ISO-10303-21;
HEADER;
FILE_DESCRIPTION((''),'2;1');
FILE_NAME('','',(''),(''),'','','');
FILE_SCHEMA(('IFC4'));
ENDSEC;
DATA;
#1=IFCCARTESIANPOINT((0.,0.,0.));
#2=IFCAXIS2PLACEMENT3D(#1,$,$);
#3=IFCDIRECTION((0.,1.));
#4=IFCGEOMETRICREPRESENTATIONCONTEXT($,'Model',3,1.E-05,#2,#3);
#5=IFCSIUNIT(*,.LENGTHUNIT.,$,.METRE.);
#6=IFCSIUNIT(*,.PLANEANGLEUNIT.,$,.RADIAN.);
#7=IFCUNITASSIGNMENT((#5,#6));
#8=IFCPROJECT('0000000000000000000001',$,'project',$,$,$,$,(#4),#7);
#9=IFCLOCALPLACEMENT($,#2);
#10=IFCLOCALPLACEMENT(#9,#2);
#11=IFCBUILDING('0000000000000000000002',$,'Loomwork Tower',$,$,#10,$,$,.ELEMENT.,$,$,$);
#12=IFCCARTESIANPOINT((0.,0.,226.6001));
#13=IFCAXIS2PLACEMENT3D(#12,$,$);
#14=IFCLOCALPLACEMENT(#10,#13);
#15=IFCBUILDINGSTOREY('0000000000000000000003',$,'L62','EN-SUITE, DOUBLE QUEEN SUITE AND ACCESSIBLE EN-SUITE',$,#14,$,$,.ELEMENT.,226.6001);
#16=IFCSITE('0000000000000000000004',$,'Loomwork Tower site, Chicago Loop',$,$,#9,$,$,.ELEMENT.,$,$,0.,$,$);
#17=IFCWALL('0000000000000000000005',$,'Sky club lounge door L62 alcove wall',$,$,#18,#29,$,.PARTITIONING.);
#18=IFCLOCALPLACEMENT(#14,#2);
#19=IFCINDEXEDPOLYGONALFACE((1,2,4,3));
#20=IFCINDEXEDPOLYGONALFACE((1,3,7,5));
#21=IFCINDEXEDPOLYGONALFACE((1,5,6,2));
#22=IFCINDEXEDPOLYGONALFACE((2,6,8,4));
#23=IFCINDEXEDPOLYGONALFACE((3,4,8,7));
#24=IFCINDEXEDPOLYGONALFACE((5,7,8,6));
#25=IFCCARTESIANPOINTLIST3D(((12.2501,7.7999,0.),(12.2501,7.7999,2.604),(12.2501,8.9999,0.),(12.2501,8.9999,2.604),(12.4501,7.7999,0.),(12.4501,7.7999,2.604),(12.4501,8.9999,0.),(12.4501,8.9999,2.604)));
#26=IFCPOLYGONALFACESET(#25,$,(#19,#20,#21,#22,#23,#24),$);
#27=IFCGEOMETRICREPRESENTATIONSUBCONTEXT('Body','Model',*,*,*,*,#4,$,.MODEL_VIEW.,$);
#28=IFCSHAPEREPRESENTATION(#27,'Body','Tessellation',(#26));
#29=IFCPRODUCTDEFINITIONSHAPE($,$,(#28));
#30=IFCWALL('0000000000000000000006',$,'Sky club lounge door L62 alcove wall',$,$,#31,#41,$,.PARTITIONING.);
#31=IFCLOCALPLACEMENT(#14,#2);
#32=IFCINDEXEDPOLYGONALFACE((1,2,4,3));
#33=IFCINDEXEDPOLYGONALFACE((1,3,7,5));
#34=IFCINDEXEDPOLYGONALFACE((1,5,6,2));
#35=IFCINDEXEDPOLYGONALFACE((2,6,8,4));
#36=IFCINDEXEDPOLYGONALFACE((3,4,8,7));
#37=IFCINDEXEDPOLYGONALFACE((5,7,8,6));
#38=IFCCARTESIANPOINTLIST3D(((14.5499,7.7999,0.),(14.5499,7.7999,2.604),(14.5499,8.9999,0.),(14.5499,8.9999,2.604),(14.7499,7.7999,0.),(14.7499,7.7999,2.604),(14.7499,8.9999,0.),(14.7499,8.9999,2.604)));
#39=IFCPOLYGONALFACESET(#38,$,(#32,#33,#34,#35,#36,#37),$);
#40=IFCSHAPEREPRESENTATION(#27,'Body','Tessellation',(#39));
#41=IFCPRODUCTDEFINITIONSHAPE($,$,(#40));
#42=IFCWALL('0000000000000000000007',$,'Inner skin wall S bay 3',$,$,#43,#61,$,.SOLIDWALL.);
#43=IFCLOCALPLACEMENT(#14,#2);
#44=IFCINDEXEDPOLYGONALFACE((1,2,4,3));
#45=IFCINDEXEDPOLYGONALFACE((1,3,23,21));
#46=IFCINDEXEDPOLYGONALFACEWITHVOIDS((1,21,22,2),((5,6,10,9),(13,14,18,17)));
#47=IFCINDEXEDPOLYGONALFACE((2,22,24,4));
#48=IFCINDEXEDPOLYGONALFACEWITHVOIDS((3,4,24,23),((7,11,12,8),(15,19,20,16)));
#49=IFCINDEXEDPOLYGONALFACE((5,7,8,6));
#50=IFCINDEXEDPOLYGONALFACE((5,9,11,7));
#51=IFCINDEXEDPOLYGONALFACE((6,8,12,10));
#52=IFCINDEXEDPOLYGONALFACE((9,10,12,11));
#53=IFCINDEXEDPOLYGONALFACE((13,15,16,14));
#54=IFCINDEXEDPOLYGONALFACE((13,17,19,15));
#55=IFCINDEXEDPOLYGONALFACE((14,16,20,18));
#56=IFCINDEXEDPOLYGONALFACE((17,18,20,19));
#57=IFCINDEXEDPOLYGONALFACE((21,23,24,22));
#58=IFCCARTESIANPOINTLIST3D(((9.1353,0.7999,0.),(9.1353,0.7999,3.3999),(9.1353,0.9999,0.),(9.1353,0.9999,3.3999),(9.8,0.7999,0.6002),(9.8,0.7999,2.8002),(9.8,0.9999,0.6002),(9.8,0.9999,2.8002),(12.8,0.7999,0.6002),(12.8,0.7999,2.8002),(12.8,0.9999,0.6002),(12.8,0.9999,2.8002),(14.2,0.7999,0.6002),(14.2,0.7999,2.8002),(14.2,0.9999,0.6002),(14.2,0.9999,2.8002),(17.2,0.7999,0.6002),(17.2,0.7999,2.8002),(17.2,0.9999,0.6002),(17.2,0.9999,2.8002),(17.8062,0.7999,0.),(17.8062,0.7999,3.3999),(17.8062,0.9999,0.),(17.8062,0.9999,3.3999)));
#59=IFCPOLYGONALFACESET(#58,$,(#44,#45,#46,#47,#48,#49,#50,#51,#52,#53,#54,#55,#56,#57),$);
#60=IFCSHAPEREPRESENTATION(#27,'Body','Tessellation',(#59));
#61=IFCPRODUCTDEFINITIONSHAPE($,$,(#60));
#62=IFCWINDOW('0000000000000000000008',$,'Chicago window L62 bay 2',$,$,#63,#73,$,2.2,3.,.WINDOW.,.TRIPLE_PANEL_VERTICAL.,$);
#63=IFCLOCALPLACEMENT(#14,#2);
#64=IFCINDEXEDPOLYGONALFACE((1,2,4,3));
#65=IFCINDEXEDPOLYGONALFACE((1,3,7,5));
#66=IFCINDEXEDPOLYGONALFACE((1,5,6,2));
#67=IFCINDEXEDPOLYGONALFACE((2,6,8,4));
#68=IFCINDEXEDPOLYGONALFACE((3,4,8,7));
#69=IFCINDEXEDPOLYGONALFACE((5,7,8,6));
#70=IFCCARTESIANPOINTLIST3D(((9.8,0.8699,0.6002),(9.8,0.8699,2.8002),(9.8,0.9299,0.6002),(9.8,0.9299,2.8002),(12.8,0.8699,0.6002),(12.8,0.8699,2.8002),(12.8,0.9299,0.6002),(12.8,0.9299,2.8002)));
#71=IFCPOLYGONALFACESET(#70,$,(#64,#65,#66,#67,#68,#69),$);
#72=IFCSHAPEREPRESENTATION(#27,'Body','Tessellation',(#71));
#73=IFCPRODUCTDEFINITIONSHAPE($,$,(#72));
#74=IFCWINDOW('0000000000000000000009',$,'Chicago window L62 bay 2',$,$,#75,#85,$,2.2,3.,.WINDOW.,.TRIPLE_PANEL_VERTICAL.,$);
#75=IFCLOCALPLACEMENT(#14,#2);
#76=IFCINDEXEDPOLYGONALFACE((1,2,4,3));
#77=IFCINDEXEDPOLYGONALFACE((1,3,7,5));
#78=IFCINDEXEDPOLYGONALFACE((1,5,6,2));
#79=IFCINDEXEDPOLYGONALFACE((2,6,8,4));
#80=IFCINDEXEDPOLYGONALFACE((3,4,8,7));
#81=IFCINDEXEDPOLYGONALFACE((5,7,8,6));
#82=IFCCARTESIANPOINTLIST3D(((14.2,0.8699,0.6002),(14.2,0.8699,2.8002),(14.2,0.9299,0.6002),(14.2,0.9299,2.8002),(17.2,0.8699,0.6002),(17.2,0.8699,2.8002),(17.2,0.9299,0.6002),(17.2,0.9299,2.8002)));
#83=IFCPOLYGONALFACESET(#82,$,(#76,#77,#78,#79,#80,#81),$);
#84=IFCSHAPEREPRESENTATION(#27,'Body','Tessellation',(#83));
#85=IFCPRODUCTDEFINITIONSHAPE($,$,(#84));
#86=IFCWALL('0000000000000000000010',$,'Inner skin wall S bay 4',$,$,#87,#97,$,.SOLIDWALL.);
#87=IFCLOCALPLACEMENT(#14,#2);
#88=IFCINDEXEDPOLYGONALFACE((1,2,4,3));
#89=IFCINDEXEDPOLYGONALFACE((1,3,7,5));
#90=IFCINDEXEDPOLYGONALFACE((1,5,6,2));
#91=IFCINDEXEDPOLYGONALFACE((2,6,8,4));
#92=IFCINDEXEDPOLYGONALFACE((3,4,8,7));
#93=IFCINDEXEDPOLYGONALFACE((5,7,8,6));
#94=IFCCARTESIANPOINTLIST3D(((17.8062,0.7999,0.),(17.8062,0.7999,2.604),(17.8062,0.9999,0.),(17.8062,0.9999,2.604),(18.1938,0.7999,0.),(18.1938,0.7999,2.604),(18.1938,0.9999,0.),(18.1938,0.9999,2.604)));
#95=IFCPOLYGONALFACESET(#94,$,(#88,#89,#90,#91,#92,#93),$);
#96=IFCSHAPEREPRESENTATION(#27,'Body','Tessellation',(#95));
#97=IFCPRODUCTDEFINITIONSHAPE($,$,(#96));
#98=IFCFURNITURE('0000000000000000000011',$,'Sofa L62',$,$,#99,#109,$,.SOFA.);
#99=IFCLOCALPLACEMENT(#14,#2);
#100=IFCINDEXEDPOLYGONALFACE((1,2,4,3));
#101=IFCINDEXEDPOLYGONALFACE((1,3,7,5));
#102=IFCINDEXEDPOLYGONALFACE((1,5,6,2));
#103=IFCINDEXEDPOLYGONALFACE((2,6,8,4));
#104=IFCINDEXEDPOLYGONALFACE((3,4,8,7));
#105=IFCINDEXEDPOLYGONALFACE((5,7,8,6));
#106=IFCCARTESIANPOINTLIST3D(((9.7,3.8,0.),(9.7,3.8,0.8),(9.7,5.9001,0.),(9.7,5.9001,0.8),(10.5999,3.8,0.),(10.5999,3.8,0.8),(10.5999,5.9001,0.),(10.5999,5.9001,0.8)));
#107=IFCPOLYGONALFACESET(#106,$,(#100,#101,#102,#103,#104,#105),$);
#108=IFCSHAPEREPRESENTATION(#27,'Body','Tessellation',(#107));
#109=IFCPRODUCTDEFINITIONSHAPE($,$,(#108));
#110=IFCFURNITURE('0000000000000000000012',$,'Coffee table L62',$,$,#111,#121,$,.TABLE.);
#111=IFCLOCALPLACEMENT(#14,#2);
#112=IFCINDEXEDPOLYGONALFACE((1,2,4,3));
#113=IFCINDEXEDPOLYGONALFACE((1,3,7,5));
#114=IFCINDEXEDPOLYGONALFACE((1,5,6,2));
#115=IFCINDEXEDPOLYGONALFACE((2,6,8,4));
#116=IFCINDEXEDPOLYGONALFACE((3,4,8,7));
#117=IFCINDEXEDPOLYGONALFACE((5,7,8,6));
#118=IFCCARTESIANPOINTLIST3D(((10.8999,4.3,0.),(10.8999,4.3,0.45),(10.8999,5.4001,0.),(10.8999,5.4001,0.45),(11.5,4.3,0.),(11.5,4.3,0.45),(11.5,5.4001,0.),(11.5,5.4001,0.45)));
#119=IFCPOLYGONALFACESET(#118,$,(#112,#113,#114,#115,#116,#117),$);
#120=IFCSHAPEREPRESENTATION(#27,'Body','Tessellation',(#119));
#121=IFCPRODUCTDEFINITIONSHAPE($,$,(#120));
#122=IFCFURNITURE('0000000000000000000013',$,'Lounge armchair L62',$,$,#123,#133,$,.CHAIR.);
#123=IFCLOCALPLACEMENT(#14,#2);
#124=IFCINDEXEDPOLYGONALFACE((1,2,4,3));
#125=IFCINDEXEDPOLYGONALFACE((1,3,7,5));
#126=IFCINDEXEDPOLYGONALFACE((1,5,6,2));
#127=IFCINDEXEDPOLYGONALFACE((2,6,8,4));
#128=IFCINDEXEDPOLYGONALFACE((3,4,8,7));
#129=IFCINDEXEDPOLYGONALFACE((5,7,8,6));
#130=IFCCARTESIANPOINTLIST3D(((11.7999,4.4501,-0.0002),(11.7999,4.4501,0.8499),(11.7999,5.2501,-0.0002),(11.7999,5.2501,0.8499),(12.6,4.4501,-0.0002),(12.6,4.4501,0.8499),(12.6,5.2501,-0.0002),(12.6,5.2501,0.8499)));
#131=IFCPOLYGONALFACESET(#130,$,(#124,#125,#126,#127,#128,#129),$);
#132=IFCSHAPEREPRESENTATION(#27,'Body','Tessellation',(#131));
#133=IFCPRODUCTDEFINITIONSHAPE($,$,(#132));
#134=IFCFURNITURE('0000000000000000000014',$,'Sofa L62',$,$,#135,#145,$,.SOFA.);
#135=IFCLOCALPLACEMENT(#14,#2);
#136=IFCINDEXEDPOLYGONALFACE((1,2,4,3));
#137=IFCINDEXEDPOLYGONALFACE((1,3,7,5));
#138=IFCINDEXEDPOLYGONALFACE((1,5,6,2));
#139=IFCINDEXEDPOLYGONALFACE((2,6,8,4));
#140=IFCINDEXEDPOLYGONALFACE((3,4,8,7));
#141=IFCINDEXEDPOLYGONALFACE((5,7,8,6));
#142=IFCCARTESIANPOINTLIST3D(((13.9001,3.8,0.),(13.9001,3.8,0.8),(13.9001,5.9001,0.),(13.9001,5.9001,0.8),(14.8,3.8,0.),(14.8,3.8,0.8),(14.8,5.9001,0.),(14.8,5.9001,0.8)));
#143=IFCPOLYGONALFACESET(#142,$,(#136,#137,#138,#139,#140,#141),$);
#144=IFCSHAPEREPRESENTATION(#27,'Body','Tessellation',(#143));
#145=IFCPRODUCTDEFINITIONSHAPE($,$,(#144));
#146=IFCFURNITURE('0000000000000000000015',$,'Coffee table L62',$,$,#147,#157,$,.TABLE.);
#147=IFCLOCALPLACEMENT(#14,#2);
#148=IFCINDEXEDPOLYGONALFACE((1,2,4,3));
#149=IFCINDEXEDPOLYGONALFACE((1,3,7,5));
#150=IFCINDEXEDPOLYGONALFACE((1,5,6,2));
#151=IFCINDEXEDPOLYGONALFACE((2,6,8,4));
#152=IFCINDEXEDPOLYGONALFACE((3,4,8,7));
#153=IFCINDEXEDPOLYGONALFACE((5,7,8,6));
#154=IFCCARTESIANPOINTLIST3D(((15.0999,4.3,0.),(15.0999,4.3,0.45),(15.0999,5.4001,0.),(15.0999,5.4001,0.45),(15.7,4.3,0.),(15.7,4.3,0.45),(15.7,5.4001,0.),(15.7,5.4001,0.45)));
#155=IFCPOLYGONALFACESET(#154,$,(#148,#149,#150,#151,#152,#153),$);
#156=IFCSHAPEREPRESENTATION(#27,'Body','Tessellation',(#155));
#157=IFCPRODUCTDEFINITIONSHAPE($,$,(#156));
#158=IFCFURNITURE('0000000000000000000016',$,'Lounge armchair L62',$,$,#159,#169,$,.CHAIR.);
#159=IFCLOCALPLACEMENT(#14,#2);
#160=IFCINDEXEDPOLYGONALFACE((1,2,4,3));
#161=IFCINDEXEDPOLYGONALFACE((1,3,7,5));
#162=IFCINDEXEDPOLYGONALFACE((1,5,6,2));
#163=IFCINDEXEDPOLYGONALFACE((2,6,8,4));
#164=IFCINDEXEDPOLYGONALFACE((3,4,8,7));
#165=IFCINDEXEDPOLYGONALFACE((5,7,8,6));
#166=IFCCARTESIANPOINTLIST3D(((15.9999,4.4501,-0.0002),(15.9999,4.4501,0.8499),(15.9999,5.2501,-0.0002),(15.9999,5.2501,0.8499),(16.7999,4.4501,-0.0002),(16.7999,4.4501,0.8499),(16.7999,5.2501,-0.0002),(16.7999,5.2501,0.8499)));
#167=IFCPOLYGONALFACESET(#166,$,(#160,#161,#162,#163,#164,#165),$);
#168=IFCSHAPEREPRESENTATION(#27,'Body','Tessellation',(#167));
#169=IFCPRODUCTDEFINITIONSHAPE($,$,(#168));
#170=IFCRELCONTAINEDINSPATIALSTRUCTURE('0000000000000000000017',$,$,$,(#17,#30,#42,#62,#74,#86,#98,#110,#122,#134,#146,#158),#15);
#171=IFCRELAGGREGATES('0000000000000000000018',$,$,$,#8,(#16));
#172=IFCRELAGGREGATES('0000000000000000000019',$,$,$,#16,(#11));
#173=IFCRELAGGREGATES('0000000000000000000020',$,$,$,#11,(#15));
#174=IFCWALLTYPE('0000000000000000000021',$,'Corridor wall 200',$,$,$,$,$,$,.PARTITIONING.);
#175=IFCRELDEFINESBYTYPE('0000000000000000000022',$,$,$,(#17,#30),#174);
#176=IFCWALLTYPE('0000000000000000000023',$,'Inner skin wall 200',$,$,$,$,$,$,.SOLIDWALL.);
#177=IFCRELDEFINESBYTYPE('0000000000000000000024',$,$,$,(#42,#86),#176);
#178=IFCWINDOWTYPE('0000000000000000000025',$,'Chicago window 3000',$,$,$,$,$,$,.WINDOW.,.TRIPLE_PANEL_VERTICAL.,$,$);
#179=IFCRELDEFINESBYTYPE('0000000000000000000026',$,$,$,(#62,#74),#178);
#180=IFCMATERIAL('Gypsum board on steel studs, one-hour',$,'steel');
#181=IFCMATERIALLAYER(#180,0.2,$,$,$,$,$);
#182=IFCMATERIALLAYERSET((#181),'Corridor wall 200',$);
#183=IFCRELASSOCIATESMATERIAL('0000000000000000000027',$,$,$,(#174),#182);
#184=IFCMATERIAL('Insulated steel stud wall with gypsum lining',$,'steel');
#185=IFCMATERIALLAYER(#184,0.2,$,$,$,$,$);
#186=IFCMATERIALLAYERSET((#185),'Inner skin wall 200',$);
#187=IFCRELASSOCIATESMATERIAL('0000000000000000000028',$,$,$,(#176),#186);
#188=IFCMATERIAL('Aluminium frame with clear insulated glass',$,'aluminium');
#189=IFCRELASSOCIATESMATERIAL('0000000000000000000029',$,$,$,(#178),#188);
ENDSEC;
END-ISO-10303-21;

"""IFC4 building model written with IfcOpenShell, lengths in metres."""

from ifc_helpers import new_model, si_unit, direction, frame, frame_2d, origin, origin_2d, place, context, subcontext, project, spatial, rectangle, extrude, material, layer, layer_set, type_object, element, fill, save


model = new_model("IFC4")

# Units and contexts
model_context = context("Model", 3, precision=1e-05, world=origin(), true_north=direction((0.0, 1.0)))
body_context = subcontext(model_context, "Body", "Model", "MODEL_VIEW")
ifc_project = project(units=[si_unit("LENGTHUNIT", "METRE"), si_unit("PLANEANGLEUNIT", "RADIAN")], contexts=[model_context])

# Site, building, storey
site_placement = place(None, origin())
site = spatial("IfcSite", under=ifc_project, at=site_placement, Name="Loomwork Tower site, Chicago Loop", CompositionType="ELEMENT", RefElevation=0.0)
building_placement = place(site_placement, origin())
building = spatial("IfcBuilding", under=site, at=building_placement, Name="Loomwork Tower", CompositionType="ELEMENT")
storey_placement = place(building_placement, frame((0.0, 0.0, 226.6001)))
storey = spatial("IfcBuildingStorey", under=building, at=storey_placement, Name="L62", Description="EN-SUITE, DOUBLE QUEEN SUITE AND ACCESSIBLE EN-SUITE", CompositionType="ELEMENT", Elevation=226.6001)

# Walls
ifc_material_1 = material(Name="Gypsum board on steel studs, one-hour", Category="steel")
ifc_layer_1 = layer(ifc_material_1, 0.2)
ifc_layer_set_1 = layer_set([ifc_layer_1], Name="Corridor wall 200")
wall_type_1 = type_object("IfcWallType", Name="Corridor wall 200", PredefinedType="PARTITIONING", material=ifc_layer_set_1)
for number, where, z_axis, x_axis, name in (
    (1, (12.3501, 9.0, 0.0), (0.0, 0.0, 1.0), (0.0, -1.0, 0.0), "Sky club lounge door L62 alcove wall"),
    (2, (14.6499, 9.0, 0.0), (0.0, 0.0, 1.0), (0.0, -1.0, 0.0), "Sky club lounge door L62 alcove wall"),
):
    element("IfcWall", number, at=place(storey_placement, frame(where, z_axis=z_axis, x_axis=x_axis)), inside=storey, type_object=wall_type_1, Name=name, PredefinedType="PARTITIONING", context=body_context, shape_type="SweptSolid", body=[
        extrude(rectangle(XDim=1.2, YDim=0.2, at=frame_2d((0.6001, 0.0))), origin(), (0.0, 0.0, 1.0), 2.604),
    ])

# Wall, openings, windows
ifc_material_2 = material(Name="Insulated steel stud wall with gypsum lining", Category="steel")
ifc_layer_2 = layer(ifc_material_2, 0.2)
ifc_layer_set_2 = layer_set([ifc_layer_2], Name="Inner skin wall 200")
wall_type_2 = type_object("IfcWallType", Name="Inner skin wall 200", PredefinedType="SOLIDWALL", material=ifc_layer_set_2)
wall_1_placement = place(storey_placement, frame((9.1353, 0.8999, 0.0), z_axis=(0.0, 0.0, 1.0), x_axis=(1.0, 0.0, 0.0)))
wall_1 = element("IfcWall", 3, at=wall_1_placement, inside=storey, type_object=wall_type_2, Name="Inner skin wall S bay 3", PredefinedType="SOLIDWALL", context=body_context, shape_type="SweptSolid", body=[
    extrude(rectangle(XDim=8.6709, YDim=0.2, at=frame_2d((4.3354, 0.0))), origin(), (0.0, 0.0, 1.0), 3.3999),
])
opening_1_placement = place(wall_1_placement, frame((0.6648, 0.0, 0.6001)))
opening_1 = element("IfcOpeningElement", 4, at=opening_1_placement, cuts=wall_1, PredefinedType="OPENING", context=body_context, shape_type="SweptSolid", body=[
    extrude(rectangle(XDim=3.0, YDim=2.2, at=frame_2d((1.5, 1.1001))), frame((0.0, 0.1099, 0.0), z_axis=(0.0, -1.0, 0.0), x_axis=(1.0, 0.0, 0.0)), (0.0, 0.0, 1.0), 0.22),
])
opening_2_placement = place(wall_1_placement, frame((5.0647, 0.0, 0.6001)))
opening_2 = element("IfcOpeningElement", 5, at=opening_2_placement, cuts=wall_1, PredefinedType="OPENING", context=body_context, shape_type="SweptSolid", body=[
    extrude(rectangle(XDim=3.0, YDim=2.2, at=frame_2d((1.5, 1.1001))), frame((0.0, 0.1099, 0.0), z_axis=(0.0, -1.0, 0.0), x_axis=(1.0, 0.0, 0.0)), (0.0, 0.0, 1.0), 0.22),
])
ifc_material_3 = material(Name="Aluminium frame with clear insulated glass", Category="aluminium")
window_type = type_object("IfcWindowType", Name="Chicago window 3000", PartitioningType="TRIPLE_PANEL_VERTICAL", PredefinedType="WINDOW", material=ifc_material_3)
window_1_placement = place(opening_1_placement, origin())
window_1 = element("IfcWindow", 6, at=window_1_placement, inside=storey, type_object=window_type, Name="Chicago window L62 bay 2", OverallHeight=2.2, OverallWidth=3.0, PartitioningType="TRIPLE_PANEL_VERTICAL", PredefinedType="WINDOW", context=body_context, shape_type="SweptSolid", body=[
    extrude(rectangle(XDim=3.0, YDim=2.2, at=frame_2d((1.5, 1.1001))), frame((0.0, 0.03, 0.0), z_axis=(0.0, -1.0, 0.0), x_axis=(1.0, 0.0, 0.0)), (0.0, 0.0, 1.0), 0.0601),
])
fill(opening_1, window_1)
window_2_placement = place(opening_2_placement, origin())
window_2 = element("IfcWindow", 7, at=window_2_placement, inside=storey, type_object=window_type, Name="Chicago window L62 bay 2", OverallHeight=2.2, OverallWidth=3.0, PartitioningType="TRIPLE_PANEL_VERTICAL", PredefinedType="WINDOW", context=body_context, shape_type="SweptSolid", body=[
    extrude(rectangle(XDim=3.0, YDim=2.2, at=frame_2d((1.5, 1.1001))), frame((0.0, 0.03, 0.0), z_axis=(0.0, -1.0, 0.0), x_axis=(1.0, 0.0, 0.0)), (0.0, 0.0, 1.0), 0.0601),
])
fill(opening_2, window_2)

# Wall
wall_2_placement = place(storey_placement, frame((17.8062, 0.8999, 0.0), z_axis=(0.0, 0.0, 1.0), x_axis=(1.0, 0.0, 0.0)))
element("IfcWall", 8, at=wall_2_placement, inside=storey, type_object=wall_type_2, Name="Inner skin wall S bay 4", PredefinedType="SOLIDWALL", context=body_context, shape_type="SweptSolid", body=[
    extrude(rectangle(XDim=0.3877, YDim=0.2, at=frame_2d((0.1938, 0.0))), origin(), (0.0, 0.0, 1.0), 2.604),
])

# Furniture
furniture_1_placement = place(storey_placement, frame((10.1499, 4.8501, 0.0), z_axis=(0.0, 0.0, 1.0), x_axis=(1.0, 0.0, 0.0)))
element("IfcFurniture", 9, at=furniture_1_placement, inside=storey, Name="Sofa L62", PredefinedType="SOFA", context=body_context, shape_type="SweptSolid", body=[
    extrude(rectangle(XDim=0.8999, YDim=2.1001, at=origin_2d()), origin(), (0.0, 0.0, 1.0), 0.8),
])
furniture_2_placement = place(storey_placement, frame((11.2, 4.8501, 0.0), z_axis=(0.0, 0.0, 1.0), x_axis=(1.0, 0.0, 0.0)))
element("IfcFurniture", 10, at=furniture_2_placement, inside=storey, Name="Coffee table L62", PredefinedType="TABLE", context=body_context, shape_type="SweptSolid", body=[
    extrude(rectangle(XDim=0.6001, YDim=1.1001, at=origin_2d()), origin(), (0.0, 0.0, 1.0), 0.45),
])
furniture_3_placement = place(storey_placement, frame((12.2, 4.8501, -0.0002), z_axis=(0.0, 0.0, 1.0), x_axis=(1.0, 0.0, 0.0)))
element("IfcFurniture", 11, at=furniture_3_placement, inside=storey, Name="Lounge armchair L62", PredefinedType="CHAIR", context=body_context, shape_type="SweptSolid", body=[
    extrude(rectangle(XDim=0.8, YDim=0.8, at=origin_2d()), origin(), (0.0, 0.0, 1.0), 0.8501),
])
furniture_4_placement = place(storey_placement, frame((14.3501, 4.8501, 0.0), z_axis=(0.0, 0.0, 1.0), x_axis=(1.0, 0.0, 0.0)))
element("IfcFurniture", 12, at=furniture_4_placement, inside=storey, Name="Sofa L62", PredefinedType="SOFA", context=body_context, shape_type="SweptSolid", body=[
    extrude(rectangle(XDim=0.8999, YDim=2.1001, at=origin_2d()), origin(), (0.0, 0.0, 1.0), 0.8),
])
furniture_5_placement = place(storey_placement, frame((15.3999, 4.8501, 0.0), z_axis=(0.0, 0.0, 1.0), x_axis=(1.0, 0.0, 0.0)))
element("IfcFurniture", 13, at=furniture_5_placement, inside=storey, Name="Coffee table L62", PredefinedType="TABLE", context=body_context, shape_type="SweptSolid", body=[
    extrude(rectangle(XDim=0.6001, YDim=1.1001, at=origin_2d()), origin(), (0.0, 0.0, 1.0), 0.45),
])
furniture_6_placement = place(storey_placement, frame((16.3999, 4.8501, -0.0002), z_axis=(0.0, 0.0, 1.0), x_axis=(1.0, 0.0, 0.0)))
element("IfcFurniture", 14, at=furniture_6_placement, inside=storey, Name="Lounge armchair L62", PredefinedType="CHAIR", context=body_context, shape_type="SweptSolid", body=[
    extrude(rectangle(XDim=0.8, YDim=0.8, at=origin_2d()), origin(), (0.0, 0.0, 1.0), 0.8501),
])

save(model, "model.ifc")
